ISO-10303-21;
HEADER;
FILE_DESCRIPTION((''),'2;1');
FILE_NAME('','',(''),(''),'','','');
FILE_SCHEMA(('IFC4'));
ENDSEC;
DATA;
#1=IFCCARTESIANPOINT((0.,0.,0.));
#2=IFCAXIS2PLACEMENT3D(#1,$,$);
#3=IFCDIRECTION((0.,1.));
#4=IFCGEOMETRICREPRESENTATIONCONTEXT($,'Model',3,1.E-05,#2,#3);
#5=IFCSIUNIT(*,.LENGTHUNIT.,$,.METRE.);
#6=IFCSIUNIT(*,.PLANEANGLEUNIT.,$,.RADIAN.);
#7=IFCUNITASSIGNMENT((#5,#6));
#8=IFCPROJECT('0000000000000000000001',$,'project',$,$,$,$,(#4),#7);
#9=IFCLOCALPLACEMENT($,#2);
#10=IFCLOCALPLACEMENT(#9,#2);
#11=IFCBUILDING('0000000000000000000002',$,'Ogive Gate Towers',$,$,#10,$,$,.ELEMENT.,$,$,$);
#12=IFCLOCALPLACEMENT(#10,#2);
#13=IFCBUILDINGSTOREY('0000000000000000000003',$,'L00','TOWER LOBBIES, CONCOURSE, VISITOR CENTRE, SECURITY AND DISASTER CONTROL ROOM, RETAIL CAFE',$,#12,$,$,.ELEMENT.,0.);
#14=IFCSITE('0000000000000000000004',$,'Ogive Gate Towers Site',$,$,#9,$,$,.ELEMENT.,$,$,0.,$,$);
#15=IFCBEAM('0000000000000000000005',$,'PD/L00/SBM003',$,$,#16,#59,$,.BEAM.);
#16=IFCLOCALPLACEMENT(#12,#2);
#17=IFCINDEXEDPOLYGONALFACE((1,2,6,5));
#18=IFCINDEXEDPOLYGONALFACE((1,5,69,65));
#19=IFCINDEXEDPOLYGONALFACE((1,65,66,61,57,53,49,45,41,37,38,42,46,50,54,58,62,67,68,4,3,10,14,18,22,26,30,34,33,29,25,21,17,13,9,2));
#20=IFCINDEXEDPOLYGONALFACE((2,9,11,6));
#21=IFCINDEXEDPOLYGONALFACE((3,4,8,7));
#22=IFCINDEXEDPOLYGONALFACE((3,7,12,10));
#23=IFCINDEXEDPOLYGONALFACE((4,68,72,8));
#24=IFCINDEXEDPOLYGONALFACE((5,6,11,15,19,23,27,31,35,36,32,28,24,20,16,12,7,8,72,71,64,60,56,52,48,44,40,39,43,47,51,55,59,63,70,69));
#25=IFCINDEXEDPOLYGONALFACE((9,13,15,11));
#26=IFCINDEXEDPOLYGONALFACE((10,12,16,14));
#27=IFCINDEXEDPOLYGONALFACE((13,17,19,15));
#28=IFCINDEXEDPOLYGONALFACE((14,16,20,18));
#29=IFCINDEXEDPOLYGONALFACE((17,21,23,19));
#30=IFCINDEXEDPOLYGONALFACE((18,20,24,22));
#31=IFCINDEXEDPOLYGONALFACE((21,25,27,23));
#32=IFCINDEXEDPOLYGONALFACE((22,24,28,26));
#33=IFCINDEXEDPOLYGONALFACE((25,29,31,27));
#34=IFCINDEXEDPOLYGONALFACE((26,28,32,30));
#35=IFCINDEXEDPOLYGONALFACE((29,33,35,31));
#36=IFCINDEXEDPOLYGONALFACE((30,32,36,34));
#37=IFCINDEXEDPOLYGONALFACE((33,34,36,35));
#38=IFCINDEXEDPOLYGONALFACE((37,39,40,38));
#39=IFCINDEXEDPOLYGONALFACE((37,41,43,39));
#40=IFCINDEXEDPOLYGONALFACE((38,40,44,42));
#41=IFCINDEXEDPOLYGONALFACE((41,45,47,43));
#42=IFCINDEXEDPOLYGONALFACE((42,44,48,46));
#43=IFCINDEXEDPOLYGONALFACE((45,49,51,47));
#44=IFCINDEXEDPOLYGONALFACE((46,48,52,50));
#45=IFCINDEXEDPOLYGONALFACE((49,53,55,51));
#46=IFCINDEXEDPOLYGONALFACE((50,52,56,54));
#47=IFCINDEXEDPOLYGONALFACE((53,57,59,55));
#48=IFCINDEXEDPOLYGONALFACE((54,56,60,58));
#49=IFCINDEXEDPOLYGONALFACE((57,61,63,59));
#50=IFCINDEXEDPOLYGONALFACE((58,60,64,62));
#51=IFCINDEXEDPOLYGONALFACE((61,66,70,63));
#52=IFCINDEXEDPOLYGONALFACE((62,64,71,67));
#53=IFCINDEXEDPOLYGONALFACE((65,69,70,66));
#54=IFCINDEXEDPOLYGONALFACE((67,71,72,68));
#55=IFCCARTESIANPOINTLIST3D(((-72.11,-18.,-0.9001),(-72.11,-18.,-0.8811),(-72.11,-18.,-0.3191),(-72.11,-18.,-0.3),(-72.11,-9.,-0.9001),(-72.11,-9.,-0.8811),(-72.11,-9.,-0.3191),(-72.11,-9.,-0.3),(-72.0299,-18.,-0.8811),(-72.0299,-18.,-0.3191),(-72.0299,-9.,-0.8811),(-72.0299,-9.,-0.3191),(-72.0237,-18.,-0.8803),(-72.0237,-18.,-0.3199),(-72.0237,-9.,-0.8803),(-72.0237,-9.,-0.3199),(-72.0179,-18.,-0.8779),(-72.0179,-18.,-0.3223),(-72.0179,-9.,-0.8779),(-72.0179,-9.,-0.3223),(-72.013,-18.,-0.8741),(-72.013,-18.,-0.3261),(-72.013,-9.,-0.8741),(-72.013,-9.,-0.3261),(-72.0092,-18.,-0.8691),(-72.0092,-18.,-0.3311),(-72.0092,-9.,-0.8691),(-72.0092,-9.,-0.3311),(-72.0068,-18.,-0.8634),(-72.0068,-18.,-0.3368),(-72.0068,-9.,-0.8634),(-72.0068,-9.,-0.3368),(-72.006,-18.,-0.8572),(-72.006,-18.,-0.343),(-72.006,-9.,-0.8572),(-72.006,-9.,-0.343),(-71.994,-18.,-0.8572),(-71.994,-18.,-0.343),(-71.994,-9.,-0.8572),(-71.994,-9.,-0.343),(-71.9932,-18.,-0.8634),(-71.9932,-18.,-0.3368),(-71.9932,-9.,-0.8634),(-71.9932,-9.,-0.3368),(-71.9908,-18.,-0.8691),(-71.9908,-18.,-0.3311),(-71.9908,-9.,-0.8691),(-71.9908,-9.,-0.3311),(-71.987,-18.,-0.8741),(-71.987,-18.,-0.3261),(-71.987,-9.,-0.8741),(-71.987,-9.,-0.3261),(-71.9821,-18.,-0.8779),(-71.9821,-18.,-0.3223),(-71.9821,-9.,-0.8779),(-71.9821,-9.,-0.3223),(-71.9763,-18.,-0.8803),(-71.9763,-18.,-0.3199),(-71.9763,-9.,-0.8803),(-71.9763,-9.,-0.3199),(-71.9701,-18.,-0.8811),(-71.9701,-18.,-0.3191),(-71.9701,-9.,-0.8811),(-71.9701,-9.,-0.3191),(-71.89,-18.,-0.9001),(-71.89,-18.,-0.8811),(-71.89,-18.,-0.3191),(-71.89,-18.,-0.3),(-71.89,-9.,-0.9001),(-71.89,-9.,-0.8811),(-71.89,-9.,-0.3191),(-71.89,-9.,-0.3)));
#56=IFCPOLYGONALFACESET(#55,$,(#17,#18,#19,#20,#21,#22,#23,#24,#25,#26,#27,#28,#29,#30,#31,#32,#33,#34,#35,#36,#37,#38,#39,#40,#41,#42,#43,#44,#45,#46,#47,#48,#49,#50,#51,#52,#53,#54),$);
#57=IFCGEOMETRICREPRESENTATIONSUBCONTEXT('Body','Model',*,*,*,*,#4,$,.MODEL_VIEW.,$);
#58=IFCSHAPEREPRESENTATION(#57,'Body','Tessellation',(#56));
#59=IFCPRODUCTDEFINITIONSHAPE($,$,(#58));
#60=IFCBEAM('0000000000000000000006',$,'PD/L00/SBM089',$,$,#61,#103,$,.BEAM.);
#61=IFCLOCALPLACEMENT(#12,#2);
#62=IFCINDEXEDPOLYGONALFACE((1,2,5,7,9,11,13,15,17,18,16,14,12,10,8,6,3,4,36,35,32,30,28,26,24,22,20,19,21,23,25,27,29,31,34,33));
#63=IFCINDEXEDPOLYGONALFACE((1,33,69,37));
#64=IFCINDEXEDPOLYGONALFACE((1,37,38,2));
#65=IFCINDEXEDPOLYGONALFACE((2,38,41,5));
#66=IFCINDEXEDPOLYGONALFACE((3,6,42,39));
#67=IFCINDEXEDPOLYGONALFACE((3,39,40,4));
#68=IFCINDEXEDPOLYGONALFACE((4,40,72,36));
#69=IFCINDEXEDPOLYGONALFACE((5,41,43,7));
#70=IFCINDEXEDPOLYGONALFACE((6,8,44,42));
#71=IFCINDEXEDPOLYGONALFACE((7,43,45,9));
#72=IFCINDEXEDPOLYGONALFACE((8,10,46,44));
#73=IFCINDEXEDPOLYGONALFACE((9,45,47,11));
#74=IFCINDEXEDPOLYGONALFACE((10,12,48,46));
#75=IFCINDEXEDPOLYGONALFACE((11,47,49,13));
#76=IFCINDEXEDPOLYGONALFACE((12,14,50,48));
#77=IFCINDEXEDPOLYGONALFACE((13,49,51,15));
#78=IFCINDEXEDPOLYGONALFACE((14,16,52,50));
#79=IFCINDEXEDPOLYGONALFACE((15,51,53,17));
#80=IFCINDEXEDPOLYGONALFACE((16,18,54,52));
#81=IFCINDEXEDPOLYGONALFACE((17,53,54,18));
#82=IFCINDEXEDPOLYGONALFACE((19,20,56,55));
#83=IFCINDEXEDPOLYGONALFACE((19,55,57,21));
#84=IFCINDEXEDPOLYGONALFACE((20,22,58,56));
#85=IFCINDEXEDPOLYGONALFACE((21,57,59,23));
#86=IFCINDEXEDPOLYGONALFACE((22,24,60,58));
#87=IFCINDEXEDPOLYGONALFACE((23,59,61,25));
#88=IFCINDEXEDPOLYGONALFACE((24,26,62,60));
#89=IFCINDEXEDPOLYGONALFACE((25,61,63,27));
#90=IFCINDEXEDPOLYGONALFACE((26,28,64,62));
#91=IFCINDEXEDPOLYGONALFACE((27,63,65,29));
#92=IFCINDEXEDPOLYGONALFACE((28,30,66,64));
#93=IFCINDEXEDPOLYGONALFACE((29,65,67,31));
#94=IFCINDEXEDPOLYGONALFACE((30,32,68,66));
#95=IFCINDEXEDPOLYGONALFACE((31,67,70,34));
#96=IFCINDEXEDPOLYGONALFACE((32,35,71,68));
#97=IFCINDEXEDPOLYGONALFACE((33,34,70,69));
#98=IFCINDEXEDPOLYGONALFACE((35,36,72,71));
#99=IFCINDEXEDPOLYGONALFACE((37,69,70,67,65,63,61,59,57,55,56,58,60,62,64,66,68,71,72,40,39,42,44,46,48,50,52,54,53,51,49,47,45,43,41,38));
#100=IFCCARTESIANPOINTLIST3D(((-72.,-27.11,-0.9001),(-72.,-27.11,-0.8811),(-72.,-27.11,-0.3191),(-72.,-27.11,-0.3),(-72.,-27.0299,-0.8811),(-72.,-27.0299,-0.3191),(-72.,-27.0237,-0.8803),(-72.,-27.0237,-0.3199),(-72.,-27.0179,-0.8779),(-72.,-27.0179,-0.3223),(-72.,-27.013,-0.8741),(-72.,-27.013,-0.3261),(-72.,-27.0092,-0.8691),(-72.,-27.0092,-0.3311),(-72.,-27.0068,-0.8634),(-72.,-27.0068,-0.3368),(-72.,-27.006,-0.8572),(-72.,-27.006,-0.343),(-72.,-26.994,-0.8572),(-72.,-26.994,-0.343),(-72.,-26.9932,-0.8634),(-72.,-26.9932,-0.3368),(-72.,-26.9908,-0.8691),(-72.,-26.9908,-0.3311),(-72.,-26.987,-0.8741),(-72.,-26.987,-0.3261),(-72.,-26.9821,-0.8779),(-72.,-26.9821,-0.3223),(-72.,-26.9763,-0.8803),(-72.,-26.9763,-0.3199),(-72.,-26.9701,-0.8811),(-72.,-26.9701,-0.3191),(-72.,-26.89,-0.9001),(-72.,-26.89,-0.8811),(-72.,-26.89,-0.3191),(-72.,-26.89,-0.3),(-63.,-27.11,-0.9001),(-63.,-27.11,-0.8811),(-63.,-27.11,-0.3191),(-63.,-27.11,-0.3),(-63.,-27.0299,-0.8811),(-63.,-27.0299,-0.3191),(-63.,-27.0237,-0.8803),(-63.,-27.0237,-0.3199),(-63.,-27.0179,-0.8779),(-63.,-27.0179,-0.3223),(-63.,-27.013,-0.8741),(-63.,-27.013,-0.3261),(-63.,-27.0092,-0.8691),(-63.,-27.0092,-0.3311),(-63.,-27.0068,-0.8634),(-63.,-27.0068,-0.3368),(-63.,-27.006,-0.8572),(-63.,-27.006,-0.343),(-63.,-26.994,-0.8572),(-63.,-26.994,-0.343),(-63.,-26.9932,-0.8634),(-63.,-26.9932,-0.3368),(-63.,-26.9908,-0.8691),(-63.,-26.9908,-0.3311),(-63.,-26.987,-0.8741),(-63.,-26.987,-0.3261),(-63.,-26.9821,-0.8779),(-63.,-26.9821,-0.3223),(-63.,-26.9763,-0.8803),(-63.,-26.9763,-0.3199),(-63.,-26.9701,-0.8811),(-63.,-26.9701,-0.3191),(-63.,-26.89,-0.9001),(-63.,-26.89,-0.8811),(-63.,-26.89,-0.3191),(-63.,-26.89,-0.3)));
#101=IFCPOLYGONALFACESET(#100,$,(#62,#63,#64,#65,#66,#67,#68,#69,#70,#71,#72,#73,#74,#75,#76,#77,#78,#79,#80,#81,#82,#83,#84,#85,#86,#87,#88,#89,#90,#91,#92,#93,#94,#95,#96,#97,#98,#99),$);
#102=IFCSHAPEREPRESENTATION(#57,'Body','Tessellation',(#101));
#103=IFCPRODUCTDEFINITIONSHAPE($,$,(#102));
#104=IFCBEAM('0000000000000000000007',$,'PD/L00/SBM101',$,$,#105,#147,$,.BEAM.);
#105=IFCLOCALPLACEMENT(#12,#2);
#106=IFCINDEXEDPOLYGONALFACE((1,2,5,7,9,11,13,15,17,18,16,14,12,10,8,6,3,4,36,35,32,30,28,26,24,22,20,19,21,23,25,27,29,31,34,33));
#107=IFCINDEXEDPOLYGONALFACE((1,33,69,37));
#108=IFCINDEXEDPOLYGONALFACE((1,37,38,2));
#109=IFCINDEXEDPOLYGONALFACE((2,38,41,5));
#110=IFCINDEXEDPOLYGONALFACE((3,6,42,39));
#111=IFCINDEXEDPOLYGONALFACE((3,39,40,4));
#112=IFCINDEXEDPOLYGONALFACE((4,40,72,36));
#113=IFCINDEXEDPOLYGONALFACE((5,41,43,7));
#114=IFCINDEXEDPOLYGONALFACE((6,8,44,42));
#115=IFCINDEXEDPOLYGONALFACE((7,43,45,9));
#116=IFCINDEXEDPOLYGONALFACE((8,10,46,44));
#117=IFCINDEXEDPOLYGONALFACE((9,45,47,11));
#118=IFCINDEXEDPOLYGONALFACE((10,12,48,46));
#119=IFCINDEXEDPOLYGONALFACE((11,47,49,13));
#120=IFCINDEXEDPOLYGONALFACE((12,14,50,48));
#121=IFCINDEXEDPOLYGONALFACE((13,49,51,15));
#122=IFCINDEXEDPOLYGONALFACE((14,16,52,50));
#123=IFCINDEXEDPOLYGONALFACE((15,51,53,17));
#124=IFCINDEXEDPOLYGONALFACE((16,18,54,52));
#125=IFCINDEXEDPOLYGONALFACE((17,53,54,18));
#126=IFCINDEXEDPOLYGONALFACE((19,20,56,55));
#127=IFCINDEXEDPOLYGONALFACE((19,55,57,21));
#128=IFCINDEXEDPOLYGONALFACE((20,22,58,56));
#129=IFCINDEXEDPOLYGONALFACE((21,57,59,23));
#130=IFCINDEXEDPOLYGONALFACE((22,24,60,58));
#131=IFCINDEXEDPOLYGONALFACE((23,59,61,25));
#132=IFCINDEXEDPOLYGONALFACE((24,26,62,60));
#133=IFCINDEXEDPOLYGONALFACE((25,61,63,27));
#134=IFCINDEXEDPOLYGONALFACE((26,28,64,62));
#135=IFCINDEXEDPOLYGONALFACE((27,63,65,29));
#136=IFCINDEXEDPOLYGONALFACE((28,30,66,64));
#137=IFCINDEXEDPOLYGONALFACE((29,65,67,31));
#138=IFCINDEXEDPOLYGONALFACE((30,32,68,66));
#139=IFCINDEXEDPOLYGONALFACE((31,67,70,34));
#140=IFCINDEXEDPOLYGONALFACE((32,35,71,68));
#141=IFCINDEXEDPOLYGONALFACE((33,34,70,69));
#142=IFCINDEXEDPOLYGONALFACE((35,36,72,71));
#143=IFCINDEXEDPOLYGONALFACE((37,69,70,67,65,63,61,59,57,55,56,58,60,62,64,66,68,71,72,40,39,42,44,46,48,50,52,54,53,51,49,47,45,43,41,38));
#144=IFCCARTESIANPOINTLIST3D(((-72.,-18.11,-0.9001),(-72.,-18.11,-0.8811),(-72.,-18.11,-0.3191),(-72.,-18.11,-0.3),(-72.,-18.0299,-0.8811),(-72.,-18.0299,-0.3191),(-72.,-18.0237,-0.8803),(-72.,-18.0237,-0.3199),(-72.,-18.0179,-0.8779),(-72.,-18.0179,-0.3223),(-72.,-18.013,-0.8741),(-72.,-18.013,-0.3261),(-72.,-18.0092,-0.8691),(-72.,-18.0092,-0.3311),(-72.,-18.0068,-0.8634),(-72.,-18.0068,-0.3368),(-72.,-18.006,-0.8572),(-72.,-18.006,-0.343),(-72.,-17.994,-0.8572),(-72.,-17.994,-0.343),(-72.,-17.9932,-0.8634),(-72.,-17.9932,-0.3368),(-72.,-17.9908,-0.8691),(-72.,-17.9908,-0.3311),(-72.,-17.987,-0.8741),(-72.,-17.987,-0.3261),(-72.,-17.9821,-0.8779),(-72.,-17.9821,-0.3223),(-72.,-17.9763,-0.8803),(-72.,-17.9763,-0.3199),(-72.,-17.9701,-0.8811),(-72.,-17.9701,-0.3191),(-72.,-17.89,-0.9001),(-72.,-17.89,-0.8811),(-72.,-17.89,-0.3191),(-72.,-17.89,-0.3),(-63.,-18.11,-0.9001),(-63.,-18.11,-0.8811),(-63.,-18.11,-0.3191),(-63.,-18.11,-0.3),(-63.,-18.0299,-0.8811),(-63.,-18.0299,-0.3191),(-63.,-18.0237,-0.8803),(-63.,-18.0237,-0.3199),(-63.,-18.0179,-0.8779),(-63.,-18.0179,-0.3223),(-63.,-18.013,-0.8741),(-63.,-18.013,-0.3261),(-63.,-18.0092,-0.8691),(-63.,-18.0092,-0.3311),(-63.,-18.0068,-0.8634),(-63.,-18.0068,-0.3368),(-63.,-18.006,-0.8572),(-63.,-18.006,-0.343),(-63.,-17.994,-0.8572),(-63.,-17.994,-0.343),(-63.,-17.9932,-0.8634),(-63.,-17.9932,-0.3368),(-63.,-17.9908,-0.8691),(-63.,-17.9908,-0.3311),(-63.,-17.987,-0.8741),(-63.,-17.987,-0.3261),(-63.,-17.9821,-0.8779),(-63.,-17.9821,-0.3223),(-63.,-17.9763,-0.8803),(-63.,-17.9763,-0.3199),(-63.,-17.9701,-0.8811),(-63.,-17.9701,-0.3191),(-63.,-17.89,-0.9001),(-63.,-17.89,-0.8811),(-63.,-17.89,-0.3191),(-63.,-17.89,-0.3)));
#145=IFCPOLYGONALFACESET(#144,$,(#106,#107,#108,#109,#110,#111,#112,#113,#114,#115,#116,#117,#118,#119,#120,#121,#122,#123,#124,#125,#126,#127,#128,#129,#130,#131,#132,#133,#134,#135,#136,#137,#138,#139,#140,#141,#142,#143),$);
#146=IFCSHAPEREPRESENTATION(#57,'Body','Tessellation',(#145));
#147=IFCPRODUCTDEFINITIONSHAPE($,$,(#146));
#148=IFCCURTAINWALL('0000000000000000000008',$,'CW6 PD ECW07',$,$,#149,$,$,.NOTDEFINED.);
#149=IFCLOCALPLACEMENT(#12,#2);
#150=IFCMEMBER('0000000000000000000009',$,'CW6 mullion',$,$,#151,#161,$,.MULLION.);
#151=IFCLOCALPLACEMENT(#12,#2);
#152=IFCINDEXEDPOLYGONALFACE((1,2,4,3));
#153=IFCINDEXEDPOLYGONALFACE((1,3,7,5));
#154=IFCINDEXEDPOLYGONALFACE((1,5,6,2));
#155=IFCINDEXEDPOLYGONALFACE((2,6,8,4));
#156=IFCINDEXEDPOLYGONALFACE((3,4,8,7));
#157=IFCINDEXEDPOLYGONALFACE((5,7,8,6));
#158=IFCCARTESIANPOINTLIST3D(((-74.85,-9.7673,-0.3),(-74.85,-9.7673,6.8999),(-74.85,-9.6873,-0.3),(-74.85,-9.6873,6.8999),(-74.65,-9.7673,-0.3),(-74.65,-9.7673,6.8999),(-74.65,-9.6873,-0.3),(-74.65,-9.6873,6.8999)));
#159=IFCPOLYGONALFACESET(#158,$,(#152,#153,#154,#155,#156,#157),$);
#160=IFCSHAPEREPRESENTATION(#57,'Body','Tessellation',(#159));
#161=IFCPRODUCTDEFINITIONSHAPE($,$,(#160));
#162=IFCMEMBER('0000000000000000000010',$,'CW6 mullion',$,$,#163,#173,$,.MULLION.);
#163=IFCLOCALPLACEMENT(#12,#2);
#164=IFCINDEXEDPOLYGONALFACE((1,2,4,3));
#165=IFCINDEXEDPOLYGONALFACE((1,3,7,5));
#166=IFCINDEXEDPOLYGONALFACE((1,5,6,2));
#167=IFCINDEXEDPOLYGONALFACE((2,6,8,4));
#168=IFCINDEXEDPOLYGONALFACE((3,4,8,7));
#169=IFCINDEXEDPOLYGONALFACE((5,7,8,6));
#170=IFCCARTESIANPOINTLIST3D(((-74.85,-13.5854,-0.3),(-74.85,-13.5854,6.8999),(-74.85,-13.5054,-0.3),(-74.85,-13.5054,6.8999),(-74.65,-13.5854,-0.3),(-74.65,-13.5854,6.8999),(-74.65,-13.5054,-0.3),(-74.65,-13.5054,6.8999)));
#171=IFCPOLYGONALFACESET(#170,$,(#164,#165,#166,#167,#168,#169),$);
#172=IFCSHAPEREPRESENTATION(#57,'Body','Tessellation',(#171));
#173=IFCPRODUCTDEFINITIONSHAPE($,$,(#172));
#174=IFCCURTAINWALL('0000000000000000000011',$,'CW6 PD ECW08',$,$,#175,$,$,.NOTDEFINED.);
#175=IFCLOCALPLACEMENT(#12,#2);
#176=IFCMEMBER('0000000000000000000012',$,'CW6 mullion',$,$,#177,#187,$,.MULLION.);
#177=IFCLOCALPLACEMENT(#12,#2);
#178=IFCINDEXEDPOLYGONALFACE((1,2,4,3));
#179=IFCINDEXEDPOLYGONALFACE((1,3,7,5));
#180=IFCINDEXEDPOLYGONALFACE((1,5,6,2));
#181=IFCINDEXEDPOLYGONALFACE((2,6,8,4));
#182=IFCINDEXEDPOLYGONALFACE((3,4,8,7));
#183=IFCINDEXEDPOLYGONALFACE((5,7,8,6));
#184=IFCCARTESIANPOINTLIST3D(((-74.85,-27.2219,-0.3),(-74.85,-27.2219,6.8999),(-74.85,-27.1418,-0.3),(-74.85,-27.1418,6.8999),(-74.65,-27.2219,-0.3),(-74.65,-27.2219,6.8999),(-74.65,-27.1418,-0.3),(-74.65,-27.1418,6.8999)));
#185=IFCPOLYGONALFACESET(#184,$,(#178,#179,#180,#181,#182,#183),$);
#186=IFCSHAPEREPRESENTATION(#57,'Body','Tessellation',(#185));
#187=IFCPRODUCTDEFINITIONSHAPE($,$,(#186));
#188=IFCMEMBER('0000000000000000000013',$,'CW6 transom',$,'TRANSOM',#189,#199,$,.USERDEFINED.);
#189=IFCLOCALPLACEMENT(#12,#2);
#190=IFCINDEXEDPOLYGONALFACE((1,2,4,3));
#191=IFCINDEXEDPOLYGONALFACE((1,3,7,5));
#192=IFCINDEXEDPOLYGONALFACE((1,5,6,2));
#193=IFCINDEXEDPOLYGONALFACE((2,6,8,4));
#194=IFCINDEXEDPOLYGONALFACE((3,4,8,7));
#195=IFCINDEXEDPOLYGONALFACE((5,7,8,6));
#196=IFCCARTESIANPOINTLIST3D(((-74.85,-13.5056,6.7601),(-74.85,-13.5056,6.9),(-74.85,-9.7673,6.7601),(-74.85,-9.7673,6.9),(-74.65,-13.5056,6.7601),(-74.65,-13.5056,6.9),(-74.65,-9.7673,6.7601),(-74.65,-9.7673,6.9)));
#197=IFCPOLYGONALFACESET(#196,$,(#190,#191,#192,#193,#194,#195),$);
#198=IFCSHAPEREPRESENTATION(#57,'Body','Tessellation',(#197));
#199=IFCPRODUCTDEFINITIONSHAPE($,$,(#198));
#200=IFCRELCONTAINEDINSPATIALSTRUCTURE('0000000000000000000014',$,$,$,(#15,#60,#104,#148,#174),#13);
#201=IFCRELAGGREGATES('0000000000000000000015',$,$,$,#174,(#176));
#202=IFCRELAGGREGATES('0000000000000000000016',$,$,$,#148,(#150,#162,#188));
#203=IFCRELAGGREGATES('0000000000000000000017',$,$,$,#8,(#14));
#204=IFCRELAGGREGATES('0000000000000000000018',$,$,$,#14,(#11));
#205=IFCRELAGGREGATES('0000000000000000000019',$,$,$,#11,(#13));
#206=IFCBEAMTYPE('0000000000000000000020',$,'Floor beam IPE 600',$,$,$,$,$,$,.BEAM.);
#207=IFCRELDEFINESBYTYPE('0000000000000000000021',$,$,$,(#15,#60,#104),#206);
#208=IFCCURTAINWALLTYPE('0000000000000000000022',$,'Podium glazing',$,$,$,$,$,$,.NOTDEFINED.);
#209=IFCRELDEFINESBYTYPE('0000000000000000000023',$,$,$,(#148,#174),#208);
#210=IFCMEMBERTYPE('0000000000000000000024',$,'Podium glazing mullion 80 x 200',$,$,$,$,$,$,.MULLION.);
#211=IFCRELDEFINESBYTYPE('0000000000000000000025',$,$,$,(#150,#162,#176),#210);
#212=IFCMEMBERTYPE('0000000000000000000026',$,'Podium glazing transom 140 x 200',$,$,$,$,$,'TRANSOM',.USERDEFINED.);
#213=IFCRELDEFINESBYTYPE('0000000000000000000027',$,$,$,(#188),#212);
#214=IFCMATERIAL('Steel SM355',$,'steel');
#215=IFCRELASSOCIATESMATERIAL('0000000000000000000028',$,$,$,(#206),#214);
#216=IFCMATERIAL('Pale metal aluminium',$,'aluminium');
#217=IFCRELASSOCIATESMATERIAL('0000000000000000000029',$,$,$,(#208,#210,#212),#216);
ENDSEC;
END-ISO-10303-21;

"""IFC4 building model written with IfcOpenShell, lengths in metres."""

from ifc_helpers import new_model, si_unit, direction, frame, origin, origin_2d, place, context, subcontext, project, spatial, rectangle, i_section, extrude, material, material_profile, profile_set, type_object, element, aggregate, save


model = new_model("IFC4")

# Units and contexts
model_context = context("Model", 3, precision=1e-05, world=origin(), true_north=direction((0.0, 1.0)))
body_context = subcontext(model_context, "Body", "Model", "MODEL_VIEW")
ifc_project = project(units=[si_unit("LENGTHUNIT", "METRE"), si_unit("PLANEANGLEUNIT", "RADIAN")], contexts=[model_context])

# Site, building, storey
site_placement = place(None, origin())
site = spatial("IfcSite", under=ifc_project, at=site_placement, Name="Ogive Gate Towers Site", CompositionType="ELEMENT", RefElevation=0.0)
building_placement = place(site_placement, origin())
building = spatial("IfcBuilding", under=site, at=building_placement, Name="Ogive Gate Towers", CompositionType="ELEMENT")
storey_placement = place(building_placement, origin())
storey = spatial("IfcBuildingStorey", under=building, at=storey_placement, Name="L00", Description="TOWER LOBBIES, CONCOURSE, VISITOR CENTRE, SECURITY AND DISASTER CONTROL ROOM, RETAIL CAFE", CompositionType="ELEMENT", Elevation=0.0)

# Beams
ifc_material_1 = material(Name="Steel SM355", Category="steel")
ifc_material_profile_1 = material_profile(ifc_material_1, i_section(OverallWidth=0.22, OverallDepth=0.6001, WebThickness=0.012, FlangeThickness=0.019, FilletRadius=0.0239, at=origin_2d()), Name="IPE 600")
ifc_profile_set_1 = profile_set([ifc_material_profile_1], Name="Steel SM355")
beam_type = type_object("IfcBeamType", Name="Floor beam IPE 600", PredefinedType="BEAM", material=ifc_profile_set_1)
for number, where, z_axis, x_axis, name in (
    (1, (-72.0, -18.0, -0.6001), (0.0, 1.0, 0.0), (-1.0, 0.0, 0.0), "PD/L00/SBM003"),
    (2, (-72.0, -27.0, -0.6001), (1.0, 0.0, 0.0), (0.0, 1.0, 0.0), "PD/L00/SBM089"),
    (3, (-72.0, -18.0, -0.6001), (1.0, 0.0, 0.0), (0.0, 1.0, 0.0), "PD/L00/SBM101"),
):
    element("IfcBeam", number, at=place(storey_placement, frame(where, z_axis=z_axis, x_axis=x_axis)), inside=storey, type_object=beam_type, Name=name, PredefinedType="BEAM", context=body_context, shape_type="SweptSolid", body=[
        extrude(i_section(OverallWidth=0.22, OverallDepth=0.6001, WebThickness=0.012, FlangeThickness=0.019, FilletRadius=0.0239, at=origin_2d()), origin(), (0.0, 0.0, 1.0), 9.0),
    ])

# Curtain wall, members
ifc_material_2 = material(Name="Pale metal aluminium", Category="aluminium")
curtain_wall_type = type_object("IfcCurtainWallType", Name="Podium glazing", PredefinedType="NOTDEFINED", material=ifc_material_2)
curtain_wall_1_placement = place(storey_placement, origin())
curtain_wall_1 = element("IfcCurtainWall", 4, at=curtain_wall_1_placement, inside=storey, type_object=curtain_wall_type, Name="CW6 PD ECW07", PredefinedType="NOTDEFINED")
ifc_material_profile_2 = material_profile(ifc_material_2, rectangle(XDim=0.2, YDim=0.0801, at=origin_2d()), Name="80 x 200 aluminium box")
ifc_profile_set_2 = profile_set([ifc_material_profile_2], Name="Pale metal aluminium")
member_type_1 = type_object("IfcMemberType", Name="Podium glazing mullion 80 x 200", PredefinedType="MULLION", material=ifc_profile_set_2)
member_1_placement = place(storey_placement, frame((-74.75, -9.7273, -0.3), z_axis=(0.0, 0.0, 1.0), x_axis=(-1.0, 0.0, 0.0)))
member_1 = element("IfcMember", 5, at=member_1_placement, type_object=member_type_1, Name="CW6 mullion", PredefinedType="MULLION", context=body_context, shape_type="SweptSolid", body=[
    extrude(rectangle(XDim=0.2, YDim=0.0801, at=origin_2d()), origin(), (0.0, 0.0, 1.0), 7.2),
])
member_2_placement = place(storey_placement, frame((-74.75, -13.5454, -0.3), z_axis=(0.0, 0.0, 1.0), x_axis=(-1.0, 0.0, 0.0)))
member_2 = element("IfcMember", 6, at=member_2_placement, type_object=member_type_1, Name="CW6 mullion", PredefinedType="MULLION", context=body_context, shape_type="SweptSolid", body=[
    extrude(rectangle(XDim=0.2, YDim=0.0801, at=origin_2d()), origin(), (0.0, 0.0, 1.0), 7.2),
])

# Curtain wall, member
curtain_wall_2_placement = place(storey_placement, origin())
curtain_wall_2 = element("IfcCurtainWall", 7, at=curtain_wall_2_placement, inside=storey, type_object=curtain_wall_type, Name="CW6 PD ECW08", PredefinedType="NOTDEFINED")
member_3_placement = place(storey_placement, frame((-74.75, -27.1819, -0.3), z_axis=(0.0, 0.0, 1.0), x_axis=(-1.0, 0.0, 0.0)))
member_3 = element("IfcMember", 8, at=member_3_placement, type_object=member_type_1, Name="CW6 mullion", PredefinedType="MULLION", context=body_context, shape_type="SweptSolid", body=[
    extrude(rectangle(XDim=0.2, YDim=0.0801, at=origin_2d()), origin(), (0.0, 0.0, 1.0), 7.2),
])
aggregate(curtain_wall_2, [member_3])

# Member
ifc_material_profile_3 = material_profile(ifc_material_2, rectangle(XDim=0.2, YDim=0.1399, at=origin_2d()), Name="140 x 200 aluminium box")
ifc_profile_set_3 = profile_set([ifc_material_profile_3], Name="Pale metal aluminium")
member_type_2 = type_object("IfcMemberType", Name="Podium glazing transom 140 x 200", ElementType="TRANSOM", PredefinedType="USERDEFINED", material=ifc_profile_set_3)
member_4_placement = place(storey_placement, frame((-74.75, -9.7673, 6.8301), z_axis=(0.0, -1.0, 0.0), x_axis=(1.0, 0.0, 0.0)))
member_4 = element("IfcMember", 9, at=member_4_placement, type_object=member_type_2, Name="CW6 transom", ObjectType="TRANSOM", PredefinedType="USERDEFINED", context=body_context, shape_type="SweptSolid", body=[
    extrude(rectangle(XDim=0.2, YDim=0.1399, at=origin_2d()), origin(), (0.0, 0.0, 1.0), 3.7383),
])

aggregate(curtain_wall_1, [member_1, member_2, member_4])

save(model, "model.ifc")
